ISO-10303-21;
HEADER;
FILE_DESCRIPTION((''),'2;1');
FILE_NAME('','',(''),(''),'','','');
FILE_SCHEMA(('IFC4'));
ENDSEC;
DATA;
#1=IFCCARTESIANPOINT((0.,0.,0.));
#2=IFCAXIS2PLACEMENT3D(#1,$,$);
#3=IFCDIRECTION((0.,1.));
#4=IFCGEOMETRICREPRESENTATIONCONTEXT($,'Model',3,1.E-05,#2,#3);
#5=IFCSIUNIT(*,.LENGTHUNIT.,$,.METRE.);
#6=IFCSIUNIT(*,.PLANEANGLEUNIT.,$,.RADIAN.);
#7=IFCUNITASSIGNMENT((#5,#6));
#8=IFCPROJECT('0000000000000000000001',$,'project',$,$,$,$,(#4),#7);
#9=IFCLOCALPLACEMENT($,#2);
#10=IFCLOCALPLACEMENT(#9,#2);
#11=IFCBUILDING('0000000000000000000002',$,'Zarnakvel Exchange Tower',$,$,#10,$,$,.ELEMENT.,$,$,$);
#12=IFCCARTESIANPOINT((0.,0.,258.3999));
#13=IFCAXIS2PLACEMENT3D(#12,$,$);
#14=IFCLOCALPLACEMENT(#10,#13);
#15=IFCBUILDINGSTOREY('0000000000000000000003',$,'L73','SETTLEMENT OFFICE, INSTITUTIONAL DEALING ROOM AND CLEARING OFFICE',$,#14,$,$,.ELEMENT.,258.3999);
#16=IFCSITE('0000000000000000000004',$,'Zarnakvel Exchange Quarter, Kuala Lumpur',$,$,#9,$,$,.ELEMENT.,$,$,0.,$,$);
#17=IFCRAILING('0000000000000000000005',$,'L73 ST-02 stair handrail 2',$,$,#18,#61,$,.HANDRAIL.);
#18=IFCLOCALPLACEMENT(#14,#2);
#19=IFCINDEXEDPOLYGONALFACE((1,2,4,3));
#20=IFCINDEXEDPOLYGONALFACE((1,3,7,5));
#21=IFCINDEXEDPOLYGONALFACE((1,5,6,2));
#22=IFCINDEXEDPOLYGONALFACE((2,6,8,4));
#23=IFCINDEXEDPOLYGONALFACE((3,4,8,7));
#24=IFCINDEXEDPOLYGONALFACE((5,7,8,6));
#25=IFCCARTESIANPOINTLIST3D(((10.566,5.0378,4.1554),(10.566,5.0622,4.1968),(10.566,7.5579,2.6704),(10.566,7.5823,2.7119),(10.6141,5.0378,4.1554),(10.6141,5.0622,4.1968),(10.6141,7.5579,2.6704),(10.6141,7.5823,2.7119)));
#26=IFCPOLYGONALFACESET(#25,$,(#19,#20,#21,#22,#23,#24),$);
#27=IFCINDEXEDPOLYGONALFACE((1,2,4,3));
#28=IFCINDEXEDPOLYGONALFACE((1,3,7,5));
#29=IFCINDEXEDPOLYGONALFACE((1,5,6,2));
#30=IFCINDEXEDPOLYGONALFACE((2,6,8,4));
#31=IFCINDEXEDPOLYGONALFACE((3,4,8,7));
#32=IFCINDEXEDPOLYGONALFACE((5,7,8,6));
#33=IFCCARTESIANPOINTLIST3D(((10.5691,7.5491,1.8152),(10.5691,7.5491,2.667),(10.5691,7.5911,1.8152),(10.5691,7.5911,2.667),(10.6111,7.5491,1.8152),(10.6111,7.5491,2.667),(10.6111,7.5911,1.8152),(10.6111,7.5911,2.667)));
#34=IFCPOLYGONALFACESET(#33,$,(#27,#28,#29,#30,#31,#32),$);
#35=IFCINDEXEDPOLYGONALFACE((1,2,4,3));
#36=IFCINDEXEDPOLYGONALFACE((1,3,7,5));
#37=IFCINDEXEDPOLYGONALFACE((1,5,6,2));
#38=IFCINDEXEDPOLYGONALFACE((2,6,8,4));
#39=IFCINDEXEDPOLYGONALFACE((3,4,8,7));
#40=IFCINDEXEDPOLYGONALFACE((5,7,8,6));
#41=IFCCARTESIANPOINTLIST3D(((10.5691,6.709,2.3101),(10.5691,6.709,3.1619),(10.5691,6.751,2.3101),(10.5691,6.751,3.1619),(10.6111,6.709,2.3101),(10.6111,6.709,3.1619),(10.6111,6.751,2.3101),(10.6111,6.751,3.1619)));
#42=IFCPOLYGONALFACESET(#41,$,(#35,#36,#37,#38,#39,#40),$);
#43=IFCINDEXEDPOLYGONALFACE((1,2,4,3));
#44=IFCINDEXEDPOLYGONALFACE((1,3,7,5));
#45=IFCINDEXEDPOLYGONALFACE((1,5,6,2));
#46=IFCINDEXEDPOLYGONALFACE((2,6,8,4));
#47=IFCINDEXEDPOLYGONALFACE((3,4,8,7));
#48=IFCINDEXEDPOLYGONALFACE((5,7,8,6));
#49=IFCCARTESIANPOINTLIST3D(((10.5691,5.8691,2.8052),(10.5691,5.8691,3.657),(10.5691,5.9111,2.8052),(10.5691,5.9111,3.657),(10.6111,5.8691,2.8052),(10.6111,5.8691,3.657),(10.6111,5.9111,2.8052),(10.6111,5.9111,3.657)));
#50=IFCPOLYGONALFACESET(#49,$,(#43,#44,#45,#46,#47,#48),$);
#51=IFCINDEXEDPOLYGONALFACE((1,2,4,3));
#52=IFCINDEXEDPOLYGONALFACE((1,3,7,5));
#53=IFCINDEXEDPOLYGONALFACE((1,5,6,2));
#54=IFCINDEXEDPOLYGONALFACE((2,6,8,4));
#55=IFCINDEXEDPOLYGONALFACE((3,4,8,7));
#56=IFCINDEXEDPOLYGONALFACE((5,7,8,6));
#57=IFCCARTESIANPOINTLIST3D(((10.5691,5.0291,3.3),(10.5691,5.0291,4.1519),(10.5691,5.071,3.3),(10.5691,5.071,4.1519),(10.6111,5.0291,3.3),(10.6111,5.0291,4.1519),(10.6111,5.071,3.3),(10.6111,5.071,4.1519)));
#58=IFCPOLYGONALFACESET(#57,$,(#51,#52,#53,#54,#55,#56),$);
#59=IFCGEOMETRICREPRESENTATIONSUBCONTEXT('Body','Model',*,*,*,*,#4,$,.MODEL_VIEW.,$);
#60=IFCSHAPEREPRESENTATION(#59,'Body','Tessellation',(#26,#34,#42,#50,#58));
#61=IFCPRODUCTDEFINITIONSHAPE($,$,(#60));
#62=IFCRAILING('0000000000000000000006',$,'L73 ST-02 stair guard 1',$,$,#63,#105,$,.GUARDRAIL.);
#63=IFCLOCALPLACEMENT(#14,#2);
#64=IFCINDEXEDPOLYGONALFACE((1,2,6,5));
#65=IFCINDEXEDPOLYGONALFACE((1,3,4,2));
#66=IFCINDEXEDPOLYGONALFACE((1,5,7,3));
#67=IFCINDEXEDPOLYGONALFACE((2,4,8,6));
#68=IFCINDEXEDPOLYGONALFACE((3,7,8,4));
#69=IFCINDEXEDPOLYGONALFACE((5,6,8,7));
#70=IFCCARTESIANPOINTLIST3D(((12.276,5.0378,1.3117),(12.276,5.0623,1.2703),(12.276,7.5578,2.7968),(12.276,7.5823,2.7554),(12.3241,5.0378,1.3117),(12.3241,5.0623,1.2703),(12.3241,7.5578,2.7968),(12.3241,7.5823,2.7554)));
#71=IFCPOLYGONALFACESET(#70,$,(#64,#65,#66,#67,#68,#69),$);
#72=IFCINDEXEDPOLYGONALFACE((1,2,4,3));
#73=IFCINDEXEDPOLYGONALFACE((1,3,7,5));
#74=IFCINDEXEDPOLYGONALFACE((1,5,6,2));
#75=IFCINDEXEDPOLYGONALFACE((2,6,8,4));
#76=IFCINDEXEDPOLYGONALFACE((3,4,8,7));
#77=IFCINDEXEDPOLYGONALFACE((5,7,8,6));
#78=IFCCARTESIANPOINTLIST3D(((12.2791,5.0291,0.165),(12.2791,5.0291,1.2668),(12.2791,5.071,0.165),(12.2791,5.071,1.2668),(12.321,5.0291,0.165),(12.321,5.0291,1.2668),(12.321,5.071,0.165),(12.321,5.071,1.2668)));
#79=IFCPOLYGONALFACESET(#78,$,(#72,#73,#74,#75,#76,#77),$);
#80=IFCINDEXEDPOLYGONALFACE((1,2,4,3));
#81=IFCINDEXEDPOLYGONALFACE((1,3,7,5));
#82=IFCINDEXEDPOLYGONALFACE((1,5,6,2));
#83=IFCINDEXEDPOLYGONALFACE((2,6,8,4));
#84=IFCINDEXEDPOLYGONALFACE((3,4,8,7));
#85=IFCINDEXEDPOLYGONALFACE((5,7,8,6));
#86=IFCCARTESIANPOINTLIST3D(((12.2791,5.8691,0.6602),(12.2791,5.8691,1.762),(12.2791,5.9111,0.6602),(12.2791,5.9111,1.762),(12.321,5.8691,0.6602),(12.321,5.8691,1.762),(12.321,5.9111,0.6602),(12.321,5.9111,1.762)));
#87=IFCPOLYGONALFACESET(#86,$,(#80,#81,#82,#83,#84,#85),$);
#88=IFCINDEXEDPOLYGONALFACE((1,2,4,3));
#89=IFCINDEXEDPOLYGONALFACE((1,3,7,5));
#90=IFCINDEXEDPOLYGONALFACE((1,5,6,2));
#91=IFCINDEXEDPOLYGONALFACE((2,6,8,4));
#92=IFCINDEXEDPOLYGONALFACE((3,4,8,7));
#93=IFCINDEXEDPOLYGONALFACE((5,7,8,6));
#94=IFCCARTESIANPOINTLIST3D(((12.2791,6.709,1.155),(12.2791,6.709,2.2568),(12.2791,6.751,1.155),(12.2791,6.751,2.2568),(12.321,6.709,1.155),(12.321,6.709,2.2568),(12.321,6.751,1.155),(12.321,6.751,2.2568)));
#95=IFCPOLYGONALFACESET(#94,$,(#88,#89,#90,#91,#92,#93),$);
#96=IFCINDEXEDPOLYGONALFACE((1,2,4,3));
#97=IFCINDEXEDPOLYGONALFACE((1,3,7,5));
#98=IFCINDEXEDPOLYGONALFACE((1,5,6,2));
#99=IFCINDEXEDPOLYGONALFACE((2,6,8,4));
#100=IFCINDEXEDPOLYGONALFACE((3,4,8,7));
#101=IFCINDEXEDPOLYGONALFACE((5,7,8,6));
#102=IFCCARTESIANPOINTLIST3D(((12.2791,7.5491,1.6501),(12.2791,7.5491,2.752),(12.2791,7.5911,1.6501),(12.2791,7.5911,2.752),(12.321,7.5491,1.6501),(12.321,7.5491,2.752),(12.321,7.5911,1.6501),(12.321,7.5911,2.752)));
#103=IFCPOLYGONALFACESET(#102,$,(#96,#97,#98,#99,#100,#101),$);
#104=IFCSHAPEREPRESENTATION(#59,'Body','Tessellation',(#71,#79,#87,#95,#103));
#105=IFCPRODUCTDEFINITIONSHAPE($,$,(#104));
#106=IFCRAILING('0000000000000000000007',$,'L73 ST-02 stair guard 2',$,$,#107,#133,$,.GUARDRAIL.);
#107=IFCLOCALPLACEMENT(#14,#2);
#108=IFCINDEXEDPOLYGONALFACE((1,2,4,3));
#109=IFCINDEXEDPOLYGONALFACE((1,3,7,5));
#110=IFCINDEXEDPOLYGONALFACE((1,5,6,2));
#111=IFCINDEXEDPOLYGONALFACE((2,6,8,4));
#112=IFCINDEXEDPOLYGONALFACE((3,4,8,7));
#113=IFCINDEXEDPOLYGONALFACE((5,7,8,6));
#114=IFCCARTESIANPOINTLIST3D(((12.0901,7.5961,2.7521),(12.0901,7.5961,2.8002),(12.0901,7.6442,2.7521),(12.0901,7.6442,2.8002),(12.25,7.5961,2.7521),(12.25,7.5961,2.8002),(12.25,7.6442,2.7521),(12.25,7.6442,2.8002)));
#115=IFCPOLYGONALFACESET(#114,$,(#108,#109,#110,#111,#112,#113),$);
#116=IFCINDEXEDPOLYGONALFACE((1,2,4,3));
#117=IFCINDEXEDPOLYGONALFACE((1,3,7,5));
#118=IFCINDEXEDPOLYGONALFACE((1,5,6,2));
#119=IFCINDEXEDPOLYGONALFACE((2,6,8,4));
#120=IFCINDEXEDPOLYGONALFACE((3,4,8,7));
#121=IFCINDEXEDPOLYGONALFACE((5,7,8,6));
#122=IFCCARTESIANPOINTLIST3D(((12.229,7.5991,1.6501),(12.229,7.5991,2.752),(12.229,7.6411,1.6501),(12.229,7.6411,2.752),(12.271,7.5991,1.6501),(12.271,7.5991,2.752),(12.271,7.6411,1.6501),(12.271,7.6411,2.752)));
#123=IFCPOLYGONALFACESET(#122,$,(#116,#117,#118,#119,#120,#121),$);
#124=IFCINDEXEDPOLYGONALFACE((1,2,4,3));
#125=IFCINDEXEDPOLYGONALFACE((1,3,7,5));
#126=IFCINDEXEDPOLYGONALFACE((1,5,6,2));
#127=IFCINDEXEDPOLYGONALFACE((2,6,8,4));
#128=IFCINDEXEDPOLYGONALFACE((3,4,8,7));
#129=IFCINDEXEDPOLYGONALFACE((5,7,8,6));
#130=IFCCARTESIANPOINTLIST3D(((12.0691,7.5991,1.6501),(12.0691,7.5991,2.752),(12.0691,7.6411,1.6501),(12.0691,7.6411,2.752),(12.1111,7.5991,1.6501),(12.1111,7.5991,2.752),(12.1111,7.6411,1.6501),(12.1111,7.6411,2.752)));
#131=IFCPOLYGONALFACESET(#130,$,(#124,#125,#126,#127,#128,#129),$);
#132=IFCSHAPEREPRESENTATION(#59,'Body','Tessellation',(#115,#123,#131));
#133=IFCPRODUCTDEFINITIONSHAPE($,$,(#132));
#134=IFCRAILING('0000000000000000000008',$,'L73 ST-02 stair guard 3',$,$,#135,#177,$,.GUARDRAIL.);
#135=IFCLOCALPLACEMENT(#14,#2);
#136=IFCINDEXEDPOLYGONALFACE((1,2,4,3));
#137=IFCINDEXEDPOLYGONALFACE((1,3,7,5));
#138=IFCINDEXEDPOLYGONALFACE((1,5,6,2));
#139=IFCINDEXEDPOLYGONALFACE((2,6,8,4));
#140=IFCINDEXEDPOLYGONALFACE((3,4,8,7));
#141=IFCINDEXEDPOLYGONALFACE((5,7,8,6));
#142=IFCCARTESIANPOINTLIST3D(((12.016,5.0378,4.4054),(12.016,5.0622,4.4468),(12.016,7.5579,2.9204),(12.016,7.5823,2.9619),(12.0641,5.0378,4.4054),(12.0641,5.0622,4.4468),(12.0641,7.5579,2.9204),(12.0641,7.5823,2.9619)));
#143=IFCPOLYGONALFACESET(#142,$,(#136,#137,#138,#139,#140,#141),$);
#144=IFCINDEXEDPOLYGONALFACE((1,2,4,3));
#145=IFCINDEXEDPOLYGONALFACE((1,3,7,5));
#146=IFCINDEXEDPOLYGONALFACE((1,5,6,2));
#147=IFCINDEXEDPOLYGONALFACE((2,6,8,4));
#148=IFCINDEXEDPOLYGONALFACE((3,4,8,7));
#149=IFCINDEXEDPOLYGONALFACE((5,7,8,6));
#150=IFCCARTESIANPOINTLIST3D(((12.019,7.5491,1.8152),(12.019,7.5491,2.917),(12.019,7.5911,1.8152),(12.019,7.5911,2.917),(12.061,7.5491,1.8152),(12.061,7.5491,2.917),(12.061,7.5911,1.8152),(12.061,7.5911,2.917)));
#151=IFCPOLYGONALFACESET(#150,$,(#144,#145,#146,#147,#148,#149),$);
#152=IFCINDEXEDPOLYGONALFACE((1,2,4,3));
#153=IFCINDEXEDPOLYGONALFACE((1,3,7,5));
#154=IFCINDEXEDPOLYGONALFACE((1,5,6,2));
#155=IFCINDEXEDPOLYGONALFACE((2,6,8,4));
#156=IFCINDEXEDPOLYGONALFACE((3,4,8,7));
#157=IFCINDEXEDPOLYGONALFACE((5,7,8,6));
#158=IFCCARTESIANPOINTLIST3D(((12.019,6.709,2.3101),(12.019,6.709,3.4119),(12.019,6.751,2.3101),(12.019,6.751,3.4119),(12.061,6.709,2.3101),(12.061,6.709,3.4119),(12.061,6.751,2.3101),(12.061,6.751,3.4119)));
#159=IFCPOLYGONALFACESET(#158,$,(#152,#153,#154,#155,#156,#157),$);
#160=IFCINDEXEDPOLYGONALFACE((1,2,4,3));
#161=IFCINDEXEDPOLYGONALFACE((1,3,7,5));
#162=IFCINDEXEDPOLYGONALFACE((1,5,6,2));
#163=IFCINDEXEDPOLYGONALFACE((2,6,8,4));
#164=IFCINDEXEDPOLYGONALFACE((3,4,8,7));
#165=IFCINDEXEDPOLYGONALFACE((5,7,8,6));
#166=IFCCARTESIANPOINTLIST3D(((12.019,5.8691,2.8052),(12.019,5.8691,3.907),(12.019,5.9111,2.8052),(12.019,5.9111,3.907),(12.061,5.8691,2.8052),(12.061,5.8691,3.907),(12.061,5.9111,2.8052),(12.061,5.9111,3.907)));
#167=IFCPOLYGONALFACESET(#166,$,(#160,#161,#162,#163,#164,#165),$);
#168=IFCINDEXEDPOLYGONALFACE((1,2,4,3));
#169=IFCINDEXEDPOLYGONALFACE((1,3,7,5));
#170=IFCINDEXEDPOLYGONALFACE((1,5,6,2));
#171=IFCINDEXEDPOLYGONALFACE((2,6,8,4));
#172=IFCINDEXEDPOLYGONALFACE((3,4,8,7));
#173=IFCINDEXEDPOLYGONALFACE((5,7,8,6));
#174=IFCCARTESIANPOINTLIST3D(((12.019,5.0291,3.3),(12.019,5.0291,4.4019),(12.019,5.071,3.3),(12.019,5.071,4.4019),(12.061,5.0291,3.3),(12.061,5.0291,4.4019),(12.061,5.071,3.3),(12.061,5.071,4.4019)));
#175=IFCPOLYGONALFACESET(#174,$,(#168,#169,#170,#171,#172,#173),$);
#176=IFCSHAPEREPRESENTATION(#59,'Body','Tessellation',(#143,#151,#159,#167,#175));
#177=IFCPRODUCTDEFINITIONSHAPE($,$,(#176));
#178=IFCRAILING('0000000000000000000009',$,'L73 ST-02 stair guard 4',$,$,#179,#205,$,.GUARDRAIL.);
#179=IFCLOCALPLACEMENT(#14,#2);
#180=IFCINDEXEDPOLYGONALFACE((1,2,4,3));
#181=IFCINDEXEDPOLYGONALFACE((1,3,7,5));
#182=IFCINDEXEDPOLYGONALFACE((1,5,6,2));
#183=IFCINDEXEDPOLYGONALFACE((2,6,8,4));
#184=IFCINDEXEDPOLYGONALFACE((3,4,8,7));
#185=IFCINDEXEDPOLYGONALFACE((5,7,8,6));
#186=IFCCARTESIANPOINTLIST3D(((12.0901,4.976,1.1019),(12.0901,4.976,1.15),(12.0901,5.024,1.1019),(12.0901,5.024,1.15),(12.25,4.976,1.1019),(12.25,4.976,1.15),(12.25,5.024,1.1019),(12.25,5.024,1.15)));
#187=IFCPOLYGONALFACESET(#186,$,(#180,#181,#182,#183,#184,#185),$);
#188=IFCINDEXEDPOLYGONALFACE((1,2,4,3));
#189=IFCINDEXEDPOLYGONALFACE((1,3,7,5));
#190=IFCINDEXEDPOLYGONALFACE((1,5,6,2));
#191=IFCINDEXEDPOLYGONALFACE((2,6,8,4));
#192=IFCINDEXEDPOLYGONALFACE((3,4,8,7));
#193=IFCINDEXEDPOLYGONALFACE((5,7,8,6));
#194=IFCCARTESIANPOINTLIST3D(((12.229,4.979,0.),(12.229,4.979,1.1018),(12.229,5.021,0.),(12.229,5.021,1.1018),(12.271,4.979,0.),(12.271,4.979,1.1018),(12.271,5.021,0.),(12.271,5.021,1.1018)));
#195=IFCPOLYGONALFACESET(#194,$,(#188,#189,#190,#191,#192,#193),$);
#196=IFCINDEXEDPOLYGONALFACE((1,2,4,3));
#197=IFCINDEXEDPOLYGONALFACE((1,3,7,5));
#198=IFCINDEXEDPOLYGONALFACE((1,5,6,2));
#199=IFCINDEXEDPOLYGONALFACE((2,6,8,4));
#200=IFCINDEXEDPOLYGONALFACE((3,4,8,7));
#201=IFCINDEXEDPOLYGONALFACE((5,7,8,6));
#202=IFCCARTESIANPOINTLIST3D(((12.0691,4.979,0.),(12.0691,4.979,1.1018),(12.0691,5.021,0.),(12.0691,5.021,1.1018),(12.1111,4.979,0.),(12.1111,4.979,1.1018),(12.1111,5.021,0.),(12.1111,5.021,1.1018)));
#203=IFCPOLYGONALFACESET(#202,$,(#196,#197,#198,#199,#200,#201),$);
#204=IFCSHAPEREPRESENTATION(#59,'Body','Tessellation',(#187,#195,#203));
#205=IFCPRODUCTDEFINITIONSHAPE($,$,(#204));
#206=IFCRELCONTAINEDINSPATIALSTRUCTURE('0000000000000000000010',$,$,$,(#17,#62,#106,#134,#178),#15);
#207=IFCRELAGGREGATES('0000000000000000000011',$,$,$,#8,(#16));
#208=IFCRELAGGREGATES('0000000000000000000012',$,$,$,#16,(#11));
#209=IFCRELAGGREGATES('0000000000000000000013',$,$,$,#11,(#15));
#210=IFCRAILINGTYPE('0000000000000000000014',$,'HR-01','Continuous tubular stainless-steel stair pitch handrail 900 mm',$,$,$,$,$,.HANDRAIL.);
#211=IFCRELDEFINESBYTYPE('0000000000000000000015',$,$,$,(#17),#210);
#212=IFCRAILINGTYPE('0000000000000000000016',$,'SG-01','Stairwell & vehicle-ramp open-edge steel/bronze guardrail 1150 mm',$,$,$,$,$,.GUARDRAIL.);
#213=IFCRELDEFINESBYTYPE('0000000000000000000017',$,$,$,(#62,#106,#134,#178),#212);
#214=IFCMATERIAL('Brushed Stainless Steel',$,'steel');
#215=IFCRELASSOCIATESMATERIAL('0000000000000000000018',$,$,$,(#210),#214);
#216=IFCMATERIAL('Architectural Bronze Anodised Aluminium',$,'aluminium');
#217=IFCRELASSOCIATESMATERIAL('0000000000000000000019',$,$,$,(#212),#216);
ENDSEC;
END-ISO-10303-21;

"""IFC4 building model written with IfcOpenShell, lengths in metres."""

from ifc_helpers import new_model, si_unit, direction, frame, origin, origin_2d, place, context, subcontext, project, spatial, rectangle, extrude, material, type_object, element, save


model = new_model("IFC4")

# Units and contexts
model_context = context("Model", 3, precision=1e-05, world=origin(), true_north=direction((0.0, 1.0)))
body_context = subcontext(model_context, "Body", "Model", "MODEL_VIEW")
ifc_project = project(units=[si_unit("LENGTHUNIT", "METRE"), si_unit("PLANEANGLEUNIT", "RADIAN")], contexts=[model_context])

# Site, building, storey
site_placement = place(None, origin())
site = spatial("IfcSite", under=ifc_project, at=site_placement, Name="Zarnakvel Exchange Quarter, Kuala Lumpur", CompositionType="ELEMENT", RefElevation=0.0)
building_placement = place(site_placement, origin())
building = spatial("IfcBuilding", under=site, at=building_placement, Name="Zarnakvel Exchange Tower", CompositionType="ELEMENT")
storey_placement = place(building_placement, frame((0.0, 0.0, 258.3999)))
storey = spatial("IfcBuildingStorey", under=building, at=storey_placement, Name="L73", Description="SETTLEMENT OFFICE, INSTITUTIONAL DEALING ROOM AND CLEARING OFFICE", CompositionType="ELEMENT", Elevation=258.3999)

# Shared definitions
ifc_material_1 = material(Name="Architectural Bronze Anodised Aluminium", Category="aluminium")

# Railings
ifc_material_2 = material(Name="Brushed Stainless Steel", Category="steel")
railing_type_1 = type_object("IfcRailingType", Name="HR-01", Description="Continuous tubular stainless-steel stair pitch handrail 900 mm", PredefinedType="HANDRAIL", material=ifc_material_2)
railing_1_placement = place(storey_placement, frame((10.5901, 7.5701, 1.8152)))
element("IfcRailing", 1, at=railing_1_placement, inside=storey, type_object=railing_type_1, Name="L73 ST-02 stair handrail 2", PredefinedType="HANDRAIL", context=body_context, shape_type="SweptSolid", body=[
    extrude(rectangle(XDim=0.0481, YDim=0.0481, at=origin_2d()), frame((0.0, 0.0, 0.876), z_axis=(0.0, -0.861561, 0.507655), x_axis=(1.0, 0.0, 0.0)), (0.0, 0.0, 1.0), 2.925),
    extrude(rectangle(XDim=0.042, YDim=0.042, at=origin_2d()), origin(), (0.0, 0.0, 1.0), 0.8518),
    extrude(rectangle(XDim=0.042, YDim=0.042, at=origin_2d()), frame((0.0, -0.8401, 0.4949)), (0.0, 0.0, 1.0), 0.8518),
    extrude(rectangle(XDim=0.042, YDim=0.042, at=origin_2d()), frame((0.0, -1.6799, 0.99)), (0.0, 0.0, 1.0), 0.8518),
    extrude(rectangle(XDim=0.042, YDim=0.042, at=origin_2d()), frame((0.0, -2.52, 1.4849)), (0.0, 0.0, 1.0), 0.8518),
])
railing_type_2 = type_object("IfcRailingType", Name="SG-01", Description="Stairwell & vehicle-ramp open-edge steel/bronze guardrail 1150 mm", PredefinedType="GUARDRAIL", material=ifc_material_1)
railing_2_placement = place(storey_placement, frame((12.3, 5.05, 0.165)))
element("IfcRailing", 2, at=railing_2_placement, inside=storey, type_object=railing_type_2, Name="L73 ST-02 stair guard 1", PredefinedType="GUARDRAIL", context=body_context, shape_type="SweptSolid", body=[
    extrude(rectangle(XDim=0.0481, YDim=0.0481, at=origin_2d()), frame((0.0, 0.0, 1.126), z_axis=(0.0, 0.861524, 0.507717), x_axis=(-1.0, 0.0, 0.0)), (0.0, 0.0, 1.0), 2.925),
    extrude(rectangle(XDim=0.042, YDim=0.042, at=origin_2d()), origin(), (0.0, 0.0, 1.0), 1.1018),
    extrude(rectangle(XDim=0.042, YDim=0.042, at=origin_2d()), frame((0.0, 0.8401, 0.4951)), (0.0, 0.0, 1.0), 1.1018),
    extrude(rectangle(XDim=0.042, YDim=0.042, at=origin_2d()), frame((0.0, 1.6799, 0.99)), (0.0, 0.0, 1.0), 1.1018),
    extrude(rectangle(XDim=0.042, YDim=0.042, at=origin_2d()), frame((0.0, 2.52, 1.4851)), (0.0, 0.0, 1.0), 1.1018),
])
railing_3_placement = place(storey_placement, frame((12.25, 7.6201, 1.6501)))
element("IfcRailing", 3, at=railing_3_placement, inside=storey, type_object=railing_type_2, Name="L73 ST-02 stair guard 2", PredefinedType="GUARDRAIL", context=body_context, shape_type="SweptSolid", body=[
    extrude(rectangle(XDim=0.0481, YDim=0.0481, at=origin_2d()), frame((0.0, 0.0, 1.126), z_axis=(-1.0, 0.0, 0.0), x_axis=(0.0, -1.0, 0.0)), (0.0, 0.0, 1.0), 0.1599),
    extrude(rectangle(XDim=0.042, YDim=0.042, at=origin_2d()), origin(), (0.0, 0.0, 1.0), 1.1018),
    extrude(rectangle(XDim=0.042, YDim=0.042, at=origin_2d()), frame((-0.1599, 0.0, 0.0)), (0.0, 0.0, 1.0), 1.1018),
])
railing_4_placement = place(storey_placement, frame((12.04, 7.5701, 1.8152)))
element("IfcRailing", 4, at=railing_4_placement, inside=storey, type_object=railing_type_2, Name="L73 ST-02 stair guard 3", PredefinedType="GUARDRAIL", context=body_context, shape_type="SweptSolid", body=[
    extrude(rectangle(XDim=0.0481, YDim=0.0481, at=origin_2d()), frame((0.0, 0.0, 1.126), z_axis=(0.0, -0.861561, 0.507655), x_axis=(1.0, 0.0, 0.0)), (0.0, 0.0, 1.0), 2.925),
    extrude(rectangle(XDim=0.042, YDim=0.042, at=origin_2d()), origin(), (0.0, 0.0, 1.0), 1.1018),
    extrude(rectangle(XDim=0.042, YDim=0.042, at=origin_2d()), frame((0.0, -0.8401, 0.4949)), (0.0, 0.0, 1.0), 1.1018),
    extrude(rectangle(XDim=0.042, YDim=0.042, at=origin_2d()), frame((0.0, -1.6799, 0.99)), (0.0, 0.0, 1.0), 1.1018),
    extrude(rectangle(XDim=0.042, YDim=0.042, at=origin_2d()), frame((0.0, -2.52, 1.4849)), (0.0, 0.0, 1.0), 1.1018),
])
railing_5_placement = place(storey_placement, frame((12.25, 5.0, 0.0)))
element("IfcRailing", 5, at=railing_5_placement, inside=storey, type_object=railing_type_2, Name="L73 ST-02 stair guard 4", PredefinedType="GUARDRAIL", context=body_context, shape_type="SweptSolid", body=[
    extrude(rectangle(XDim=0.0481, YDim=0.0481, at=origin_2d()), frame((0.0, 0.0, 1.126), z_axis=(-1.0, 0.0, 0.0), x_axis=(0.0, -1.0, 0.0)), (0.0, 0.0, 1.0), 0.1599),
    extrude(rectangle(XDim=0.042, YDim=0.042, at=origin_2d()), origin(), (0.0, 0.0, 1.0), 1.1018),
    extrude(rectangle(XDim=0.042, YDim=0.042, at=origin_2d()), frame((-0.1599, 0.0, 0.0)), (0.0, 0.0, 1.0), 1.1018),
])

save(model, "model.ifc")
